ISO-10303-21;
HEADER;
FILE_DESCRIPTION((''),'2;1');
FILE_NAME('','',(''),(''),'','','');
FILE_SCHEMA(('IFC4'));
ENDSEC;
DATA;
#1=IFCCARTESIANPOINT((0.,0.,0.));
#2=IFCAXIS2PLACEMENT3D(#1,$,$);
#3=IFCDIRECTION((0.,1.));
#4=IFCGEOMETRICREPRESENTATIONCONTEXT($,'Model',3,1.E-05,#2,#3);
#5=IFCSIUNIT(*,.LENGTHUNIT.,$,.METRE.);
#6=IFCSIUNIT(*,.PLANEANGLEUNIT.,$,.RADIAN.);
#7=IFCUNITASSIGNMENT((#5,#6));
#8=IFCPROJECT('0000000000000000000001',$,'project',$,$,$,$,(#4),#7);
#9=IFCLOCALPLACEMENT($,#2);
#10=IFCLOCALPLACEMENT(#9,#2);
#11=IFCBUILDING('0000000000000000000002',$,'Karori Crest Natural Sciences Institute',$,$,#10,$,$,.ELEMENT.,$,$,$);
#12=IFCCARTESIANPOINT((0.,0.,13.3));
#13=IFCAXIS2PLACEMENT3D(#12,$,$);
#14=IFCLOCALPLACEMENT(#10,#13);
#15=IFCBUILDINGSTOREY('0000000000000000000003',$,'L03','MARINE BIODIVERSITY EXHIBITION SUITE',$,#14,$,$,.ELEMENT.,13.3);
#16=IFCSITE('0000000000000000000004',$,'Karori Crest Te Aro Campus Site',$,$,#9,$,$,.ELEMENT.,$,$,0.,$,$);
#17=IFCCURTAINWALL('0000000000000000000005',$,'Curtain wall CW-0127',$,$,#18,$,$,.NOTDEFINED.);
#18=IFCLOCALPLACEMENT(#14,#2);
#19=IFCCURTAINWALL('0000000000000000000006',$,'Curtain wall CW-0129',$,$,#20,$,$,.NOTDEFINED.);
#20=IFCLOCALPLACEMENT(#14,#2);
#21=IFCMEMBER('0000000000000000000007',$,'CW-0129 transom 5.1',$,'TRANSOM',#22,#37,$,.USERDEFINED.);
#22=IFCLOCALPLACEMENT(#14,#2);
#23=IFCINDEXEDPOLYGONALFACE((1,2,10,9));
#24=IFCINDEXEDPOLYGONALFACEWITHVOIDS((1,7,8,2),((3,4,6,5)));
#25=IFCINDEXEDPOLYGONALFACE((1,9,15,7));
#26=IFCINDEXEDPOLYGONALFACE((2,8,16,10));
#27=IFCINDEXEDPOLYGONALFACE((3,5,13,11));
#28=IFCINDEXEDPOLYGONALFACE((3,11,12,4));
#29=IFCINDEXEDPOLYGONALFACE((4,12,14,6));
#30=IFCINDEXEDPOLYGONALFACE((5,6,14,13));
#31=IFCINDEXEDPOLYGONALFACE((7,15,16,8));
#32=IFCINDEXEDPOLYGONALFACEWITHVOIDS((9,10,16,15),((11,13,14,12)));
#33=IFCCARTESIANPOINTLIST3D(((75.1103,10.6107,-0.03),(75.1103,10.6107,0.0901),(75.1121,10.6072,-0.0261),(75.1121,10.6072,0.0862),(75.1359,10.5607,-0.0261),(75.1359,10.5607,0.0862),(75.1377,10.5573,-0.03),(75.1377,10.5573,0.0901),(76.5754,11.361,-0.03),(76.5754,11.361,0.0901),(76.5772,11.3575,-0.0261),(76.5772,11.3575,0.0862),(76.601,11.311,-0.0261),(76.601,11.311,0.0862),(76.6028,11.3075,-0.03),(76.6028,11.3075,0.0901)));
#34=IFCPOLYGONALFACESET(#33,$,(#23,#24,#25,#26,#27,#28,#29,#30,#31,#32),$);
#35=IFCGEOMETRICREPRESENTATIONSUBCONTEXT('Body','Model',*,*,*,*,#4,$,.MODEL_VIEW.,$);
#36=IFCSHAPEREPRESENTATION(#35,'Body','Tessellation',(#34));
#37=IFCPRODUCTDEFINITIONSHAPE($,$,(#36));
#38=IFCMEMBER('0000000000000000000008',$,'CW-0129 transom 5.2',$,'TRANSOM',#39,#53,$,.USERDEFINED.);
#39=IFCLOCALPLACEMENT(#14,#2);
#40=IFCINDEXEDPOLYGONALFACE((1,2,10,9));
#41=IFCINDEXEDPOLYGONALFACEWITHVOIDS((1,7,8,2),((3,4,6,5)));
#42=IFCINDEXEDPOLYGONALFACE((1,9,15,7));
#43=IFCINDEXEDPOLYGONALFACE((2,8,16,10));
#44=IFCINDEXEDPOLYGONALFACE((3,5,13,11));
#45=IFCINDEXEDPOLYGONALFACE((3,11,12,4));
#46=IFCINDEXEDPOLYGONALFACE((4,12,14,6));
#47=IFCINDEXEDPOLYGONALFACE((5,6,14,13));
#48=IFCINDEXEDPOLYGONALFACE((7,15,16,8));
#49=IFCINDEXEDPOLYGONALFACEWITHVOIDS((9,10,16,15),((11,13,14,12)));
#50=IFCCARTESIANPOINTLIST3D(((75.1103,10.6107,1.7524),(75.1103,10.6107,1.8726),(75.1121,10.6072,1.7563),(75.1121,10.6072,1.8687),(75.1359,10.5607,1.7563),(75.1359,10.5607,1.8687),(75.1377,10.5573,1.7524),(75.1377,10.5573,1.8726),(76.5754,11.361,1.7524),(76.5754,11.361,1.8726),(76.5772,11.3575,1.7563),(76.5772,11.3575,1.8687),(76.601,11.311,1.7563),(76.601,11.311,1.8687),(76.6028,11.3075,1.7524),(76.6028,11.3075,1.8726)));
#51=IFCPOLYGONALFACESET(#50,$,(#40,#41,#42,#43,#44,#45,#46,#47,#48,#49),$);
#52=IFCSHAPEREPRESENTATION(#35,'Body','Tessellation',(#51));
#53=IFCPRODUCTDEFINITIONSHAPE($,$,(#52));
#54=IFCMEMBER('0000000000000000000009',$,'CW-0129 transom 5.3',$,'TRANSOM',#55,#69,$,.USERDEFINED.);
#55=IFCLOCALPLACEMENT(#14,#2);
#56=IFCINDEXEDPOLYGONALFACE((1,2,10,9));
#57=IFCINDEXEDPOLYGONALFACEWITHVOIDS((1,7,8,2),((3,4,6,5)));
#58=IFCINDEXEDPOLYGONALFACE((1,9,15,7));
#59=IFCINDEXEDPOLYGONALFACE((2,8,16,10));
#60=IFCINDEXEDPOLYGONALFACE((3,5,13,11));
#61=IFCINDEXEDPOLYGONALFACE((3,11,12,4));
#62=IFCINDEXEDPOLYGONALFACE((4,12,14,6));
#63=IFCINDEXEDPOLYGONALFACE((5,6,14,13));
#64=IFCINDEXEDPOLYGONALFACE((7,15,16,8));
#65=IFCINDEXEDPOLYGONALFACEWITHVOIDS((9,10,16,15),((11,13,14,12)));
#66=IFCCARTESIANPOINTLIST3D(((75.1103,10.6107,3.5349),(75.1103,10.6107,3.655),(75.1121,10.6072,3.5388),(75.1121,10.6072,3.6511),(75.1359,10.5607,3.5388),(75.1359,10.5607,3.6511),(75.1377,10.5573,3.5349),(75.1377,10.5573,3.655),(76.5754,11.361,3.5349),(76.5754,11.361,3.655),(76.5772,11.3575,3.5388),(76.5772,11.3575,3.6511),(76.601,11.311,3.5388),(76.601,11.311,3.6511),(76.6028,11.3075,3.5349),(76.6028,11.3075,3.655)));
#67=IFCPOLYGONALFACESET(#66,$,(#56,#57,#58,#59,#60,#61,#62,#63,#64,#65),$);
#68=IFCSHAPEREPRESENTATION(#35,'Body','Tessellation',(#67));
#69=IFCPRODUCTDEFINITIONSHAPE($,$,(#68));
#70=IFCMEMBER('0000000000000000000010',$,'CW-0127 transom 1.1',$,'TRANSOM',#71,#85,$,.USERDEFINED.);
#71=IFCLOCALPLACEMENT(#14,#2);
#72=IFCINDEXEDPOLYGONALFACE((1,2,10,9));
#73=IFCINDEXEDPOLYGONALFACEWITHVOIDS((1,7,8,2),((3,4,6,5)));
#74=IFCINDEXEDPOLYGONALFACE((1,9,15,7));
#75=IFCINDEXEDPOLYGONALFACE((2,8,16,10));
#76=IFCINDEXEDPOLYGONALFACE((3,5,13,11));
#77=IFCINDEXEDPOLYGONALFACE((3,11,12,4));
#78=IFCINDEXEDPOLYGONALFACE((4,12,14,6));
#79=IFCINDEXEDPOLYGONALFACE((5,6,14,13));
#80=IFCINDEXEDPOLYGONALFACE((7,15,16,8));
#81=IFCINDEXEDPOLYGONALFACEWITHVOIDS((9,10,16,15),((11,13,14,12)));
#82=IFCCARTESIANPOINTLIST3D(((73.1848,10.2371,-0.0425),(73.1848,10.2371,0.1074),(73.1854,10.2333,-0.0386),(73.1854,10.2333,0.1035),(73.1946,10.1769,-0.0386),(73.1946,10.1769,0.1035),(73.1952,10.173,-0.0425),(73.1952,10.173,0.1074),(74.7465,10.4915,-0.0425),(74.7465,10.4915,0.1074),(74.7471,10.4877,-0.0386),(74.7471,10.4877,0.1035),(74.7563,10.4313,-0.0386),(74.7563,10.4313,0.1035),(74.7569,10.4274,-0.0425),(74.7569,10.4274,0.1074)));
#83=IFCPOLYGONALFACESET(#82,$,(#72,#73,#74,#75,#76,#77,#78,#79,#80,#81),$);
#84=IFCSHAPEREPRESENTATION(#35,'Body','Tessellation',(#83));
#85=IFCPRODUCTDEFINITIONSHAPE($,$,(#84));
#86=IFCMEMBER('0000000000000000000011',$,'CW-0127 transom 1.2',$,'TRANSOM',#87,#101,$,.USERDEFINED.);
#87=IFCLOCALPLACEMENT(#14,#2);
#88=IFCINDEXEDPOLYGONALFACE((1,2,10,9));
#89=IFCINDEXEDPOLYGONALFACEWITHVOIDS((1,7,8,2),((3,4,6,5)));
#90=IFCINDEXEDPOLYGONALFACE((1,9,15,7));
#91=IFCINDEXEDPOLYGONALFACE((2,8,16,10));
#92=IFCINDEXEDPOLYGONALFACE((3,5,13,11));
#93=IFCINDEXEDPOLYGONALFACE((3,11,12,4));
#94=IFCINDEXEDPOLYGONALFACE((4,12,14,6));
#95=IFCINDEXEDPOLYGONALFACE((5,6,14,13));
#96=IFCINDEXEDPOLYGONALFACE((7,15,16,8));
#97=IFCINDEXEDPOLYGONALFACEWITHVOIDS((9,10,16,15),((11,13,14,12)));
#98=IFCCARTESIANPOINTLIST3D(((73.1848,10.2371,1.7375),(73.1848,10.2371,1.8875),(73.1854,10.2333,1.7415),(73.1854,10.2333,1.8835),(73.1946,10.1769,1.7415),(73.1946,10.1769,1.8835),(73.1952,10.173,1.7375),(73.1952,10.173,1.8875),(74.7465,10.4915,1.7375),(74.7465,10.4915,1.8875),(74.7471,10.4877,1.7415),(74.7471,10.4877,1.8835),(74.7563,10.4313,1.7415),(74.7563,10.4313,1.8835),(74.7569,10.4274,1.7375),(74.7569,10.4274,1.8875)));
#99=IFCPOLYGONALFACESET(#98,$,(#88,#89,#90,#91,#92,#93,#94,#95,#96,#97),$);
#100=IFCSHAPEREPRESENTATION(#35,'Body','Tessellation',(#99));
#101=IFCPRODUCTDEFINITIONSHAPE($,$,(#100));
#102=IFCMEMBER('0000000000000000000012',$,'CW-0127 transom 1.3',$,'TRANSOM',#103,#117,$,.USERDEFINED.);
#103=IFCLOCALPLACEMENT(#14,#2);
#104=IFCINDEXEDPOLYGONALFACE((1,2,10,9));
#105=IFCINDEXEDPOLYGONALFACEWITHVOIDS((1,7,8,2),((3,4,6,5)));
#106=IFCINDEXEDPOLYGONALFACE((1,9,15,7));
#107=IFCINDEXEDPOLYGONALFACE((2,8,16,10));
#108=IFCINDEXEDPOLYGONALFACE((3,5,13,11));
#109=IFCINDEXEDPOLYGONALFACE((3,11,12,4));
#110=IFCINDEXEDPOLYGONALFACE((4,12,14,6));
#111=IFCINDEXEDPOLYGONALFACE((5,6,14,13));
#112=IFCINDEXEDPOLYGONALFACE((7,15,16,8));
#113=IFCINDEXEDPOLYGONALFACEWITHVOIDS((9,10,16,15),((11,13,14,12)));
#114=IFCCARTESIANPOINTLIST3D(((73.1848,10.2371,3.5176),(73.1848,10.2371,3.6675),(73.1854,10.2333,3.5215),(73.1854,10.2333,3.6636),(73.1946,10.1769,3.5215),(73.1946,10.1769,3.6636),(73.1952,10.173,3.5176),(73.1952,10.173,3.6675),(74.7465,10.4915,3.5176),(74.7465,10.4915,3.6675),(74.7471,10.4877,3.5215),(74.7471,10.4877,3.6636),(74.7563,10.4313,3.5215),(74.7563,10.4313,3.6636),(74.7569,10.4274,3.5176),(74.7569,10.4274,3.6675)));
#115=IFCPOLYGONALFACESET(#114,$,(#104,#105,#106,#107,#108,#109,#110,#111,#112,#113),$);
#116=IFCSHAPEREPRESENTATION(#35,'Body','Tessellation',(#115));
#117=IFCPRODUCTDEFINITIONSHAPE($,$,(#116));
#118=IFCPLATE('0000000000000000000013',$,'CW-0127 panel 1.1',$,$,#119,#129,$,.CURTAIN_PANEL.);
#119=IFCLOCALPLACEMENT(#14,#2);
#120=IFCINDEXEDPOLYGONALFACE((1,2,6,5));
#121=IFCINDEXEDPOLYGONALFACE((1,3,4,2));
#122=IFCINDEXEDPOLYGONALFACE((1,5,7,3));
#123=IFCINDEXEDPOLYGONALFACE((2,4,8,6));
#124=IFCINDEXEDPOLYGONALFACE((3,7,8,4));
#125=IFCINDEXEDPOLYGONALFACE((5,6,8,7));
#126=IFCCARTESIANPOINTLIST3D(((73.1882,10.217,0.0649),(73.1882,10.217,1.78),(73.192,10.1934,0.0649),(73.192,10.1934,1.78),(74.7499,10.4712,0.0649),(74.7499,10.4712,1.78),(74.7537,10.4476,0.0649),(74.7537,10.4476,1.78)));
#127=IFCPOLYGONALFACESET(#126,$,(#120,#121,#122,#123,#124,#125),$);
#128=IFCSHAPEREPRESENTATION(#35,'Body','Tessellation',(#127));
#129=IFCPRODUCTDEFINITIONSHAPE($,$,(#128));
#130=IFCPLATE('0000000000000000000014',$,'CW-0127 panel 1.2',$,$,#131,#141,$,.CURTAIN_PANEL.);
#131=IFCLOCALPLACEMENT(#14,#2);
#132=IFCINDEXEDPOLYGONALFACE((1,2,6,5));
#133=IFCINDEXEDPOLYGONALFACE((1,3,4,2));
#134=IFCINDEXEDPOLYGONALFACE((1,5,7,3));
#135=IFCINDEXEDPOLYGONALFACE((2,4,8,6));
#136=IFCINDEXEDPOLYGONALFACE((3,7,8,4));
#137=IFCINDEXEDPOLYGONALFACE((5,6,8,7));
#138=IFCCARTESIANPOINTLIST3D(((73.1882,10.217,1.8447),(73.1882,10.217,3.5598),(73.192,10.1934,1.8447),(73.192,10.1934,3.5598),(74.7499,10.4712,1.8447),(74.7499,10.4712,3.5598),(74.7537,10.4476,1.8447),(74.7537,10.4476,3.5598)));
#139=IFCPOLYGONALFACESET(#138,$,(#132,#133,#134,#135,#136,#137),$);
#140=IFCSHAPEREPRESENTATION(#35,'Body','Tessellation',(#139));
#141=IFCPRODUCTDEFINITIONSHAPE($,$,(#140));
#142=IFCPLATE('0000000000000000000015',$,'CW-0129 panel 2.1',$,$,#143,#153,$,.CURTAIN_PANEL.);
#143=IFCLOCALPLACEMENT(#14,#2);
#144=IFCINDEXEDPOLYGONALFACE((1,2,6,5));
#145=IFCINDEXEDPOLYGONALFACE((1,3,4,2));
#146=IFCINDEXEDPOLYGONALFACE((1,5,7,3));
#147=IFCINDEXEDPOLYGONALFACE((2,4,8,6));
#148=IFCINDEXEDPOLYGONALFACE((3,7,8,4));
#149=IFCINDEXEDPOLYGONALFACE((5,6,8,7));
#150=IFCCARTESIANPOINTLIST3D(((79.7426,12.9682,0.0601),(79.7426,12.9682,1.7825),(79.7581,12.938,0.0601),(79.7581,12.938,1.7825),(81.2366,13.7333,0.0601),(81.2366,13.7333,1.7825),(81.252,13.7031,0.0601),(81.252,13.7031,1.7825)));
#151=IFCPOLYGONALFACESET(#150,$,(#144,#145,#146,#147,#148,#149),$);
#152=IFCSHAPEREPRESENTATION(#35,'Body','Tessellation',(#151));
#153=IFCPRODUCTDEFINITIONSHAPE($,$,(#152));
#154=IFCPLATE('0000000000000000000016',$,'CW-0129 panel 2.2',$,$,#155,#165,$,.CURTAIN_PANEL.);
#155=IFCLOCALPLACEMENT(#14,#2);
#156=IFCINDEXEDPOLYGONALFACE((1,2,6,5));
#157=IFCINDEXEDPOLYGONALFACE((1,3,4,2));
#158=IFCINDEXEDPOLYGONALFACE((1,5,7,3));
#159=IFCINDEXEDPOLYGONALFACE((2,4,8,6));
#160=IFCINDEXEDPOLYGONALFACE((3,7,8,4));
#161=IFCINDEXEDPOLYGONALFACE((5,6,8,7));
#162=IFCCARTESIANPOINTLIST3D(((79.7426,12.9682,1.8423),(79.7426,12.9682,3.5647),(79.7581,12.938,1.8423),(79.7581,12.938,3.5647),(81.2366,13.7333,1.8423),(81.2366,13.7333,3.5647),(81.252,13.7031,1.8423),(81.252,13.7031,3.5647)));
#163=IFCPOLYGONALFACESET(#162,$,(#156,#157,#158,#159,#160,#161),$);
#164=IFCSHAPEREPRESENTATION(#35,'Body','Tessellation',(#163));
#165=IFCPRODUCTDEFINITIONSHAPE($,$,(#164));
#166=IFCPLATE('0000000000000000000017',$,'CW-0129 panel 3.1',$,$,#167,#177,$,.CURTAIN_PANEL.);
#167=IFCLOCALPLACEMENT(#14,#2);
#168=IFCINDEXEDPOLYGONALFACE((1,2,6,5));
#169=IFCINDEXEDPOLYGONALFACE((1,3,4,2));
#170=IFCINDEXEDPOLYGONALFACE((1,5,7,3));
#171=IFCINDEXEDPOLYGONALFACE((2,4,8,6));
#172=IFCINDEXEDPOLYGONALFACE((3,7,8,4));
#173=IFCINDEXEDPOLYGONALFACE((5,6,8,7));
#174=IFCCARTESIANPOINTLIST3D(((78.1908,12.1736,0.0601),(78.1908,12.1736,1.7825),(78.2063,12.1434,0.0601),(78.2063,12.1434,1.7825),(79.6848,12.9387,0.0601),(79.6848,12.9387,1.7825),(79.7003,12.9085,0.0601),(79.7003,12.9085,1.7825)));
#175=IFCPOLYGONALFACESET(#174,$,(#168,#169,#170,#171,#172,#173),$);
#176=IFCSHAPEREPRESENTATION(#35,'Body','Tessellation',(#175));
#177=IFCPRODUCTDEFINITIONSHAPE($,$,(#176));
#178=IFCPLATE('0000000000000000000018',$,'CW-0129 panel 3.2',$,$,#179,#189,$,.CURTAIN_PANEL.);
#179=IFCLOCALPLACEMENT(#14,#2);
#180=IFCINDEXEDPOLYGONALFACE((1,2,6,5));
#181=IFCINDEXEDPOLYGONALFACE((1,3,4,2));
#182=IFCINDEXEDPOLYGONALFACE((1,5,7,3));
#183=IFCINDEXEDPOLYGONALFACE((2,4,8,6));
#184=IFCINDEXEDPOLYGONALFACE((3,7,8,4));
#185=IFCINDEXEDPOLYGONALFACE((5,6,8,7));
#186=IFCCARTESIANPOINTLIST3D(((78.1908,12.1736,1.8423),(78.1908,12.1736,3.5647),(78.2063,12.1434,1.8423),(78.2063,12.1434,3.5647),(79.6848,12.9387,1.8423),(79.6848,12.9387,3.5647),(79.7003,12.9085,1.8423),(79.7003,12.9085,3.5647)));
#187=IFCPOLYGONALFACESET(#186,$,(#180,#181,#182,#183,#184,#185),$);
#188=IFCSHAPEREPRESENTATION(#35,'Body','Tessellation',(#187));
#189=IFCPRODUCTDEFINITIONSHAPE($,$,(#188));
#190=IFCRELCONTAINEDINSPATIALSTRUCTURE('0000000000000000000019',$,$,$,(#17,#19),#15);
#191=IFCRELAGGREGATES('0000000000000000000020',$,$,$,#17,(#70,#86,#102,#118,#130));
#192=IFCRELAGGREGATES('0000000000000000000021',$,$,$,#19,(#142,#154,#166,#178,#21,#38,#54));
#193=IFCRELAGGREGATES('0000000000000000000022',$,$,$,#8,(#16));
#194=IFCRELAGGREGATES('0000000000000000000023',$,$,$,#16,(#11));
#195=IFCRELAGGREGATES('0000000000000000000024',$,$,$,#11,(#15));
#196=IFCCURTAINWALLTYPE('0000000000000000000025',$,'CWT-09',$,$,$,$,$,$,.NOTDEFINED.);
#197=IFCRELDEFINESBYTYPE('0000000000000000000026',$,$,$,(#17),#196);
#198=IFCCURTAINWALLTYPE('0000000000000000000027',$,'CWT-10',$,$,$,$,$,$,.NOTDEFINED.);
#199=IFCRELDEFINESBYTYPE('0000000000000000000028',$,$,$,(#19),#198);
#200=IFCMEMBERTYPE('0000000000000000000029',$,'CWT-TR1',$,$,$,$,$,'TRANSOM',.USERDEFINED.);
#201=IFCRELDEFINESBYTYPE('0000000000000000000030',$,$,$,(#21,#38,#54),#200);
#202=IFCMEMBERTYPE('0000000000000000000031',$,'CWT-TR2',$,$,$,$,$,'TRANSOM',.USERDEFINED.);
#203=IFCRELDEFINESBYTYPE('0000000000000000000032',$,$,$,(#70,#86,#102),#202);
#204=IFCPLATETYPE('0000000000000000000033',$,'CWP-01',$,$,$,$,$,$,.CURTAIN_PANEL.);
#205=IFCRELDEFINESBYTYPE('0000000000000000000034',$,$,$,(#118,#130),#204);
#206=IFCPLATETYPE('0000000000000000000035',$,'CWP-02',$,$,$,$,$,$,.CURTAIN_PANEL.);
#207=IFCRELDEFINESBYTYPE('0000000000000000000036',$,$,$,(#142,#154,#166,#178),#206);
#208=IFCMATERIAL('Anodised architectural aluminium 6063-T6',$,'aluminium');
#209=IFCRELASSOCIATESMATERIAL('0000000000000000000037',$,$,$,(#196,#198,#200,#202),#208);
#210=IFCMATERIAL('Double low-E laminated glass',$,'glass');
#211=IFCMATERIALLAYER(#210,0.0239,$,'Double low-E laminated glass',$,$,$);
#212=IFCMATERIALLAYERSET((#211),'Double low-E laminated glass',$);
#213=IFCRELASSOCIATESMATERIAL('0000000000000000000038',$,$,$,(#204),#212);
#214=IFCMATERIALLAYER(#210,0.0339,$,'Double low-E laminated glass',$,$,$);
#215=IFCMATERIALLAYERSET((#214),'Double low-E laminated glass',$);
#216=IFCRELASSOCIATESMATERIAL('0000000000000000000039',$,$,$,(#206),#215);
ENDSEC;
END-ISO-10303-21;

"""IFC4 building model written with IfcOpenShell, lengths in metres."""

from ifc_helpers import new_model, si_unit, direction, frame, origin, origin_2d, place, context, subcontext, project, spatial, rectangle, hollow_rectangle, extrude, material, layer, layer_set, material_profile, profile_set, type_object, element, aggregate, save


model = new_model("IFC4")

# Units and contexts
model_context = context("Model", 3, precision=1e-05, world=origin(), true_north=direction((0.0, 1.0)))
body_context = subcontext(model_context, "Body", "Model", "MODEL_VIEW")
ifc_project = project(units=[si_unit("LENGTHUNIT", "METRE"), si_unit("PLANEANGLEUNIT", "RADIAN")], contexts=[model_context])

# Site, building, storey
site_placement = place(None, origin())
site = spatial("IfcSite", under=ifc_project, at=site_placement, Name="Karori Crest Te Aro Campus Site", CompositionType="ELEMENT", RefElevation=0.0)
building_placement = place(site_placement, origin())
building = spatial("IfcBuilding", under=site, at=building_placement, Name="Karori Crest Natural Sciences Institute", CompositionType="ELEMENT")
storey_placement = place(building_placement, frame((0.0, 0.0, 13.3)))
storey = spatial("IfcBuildingStorey", under=building, at=storey_placement, Name="L03", Description="MARINE BIODIVERSITY EXHIBITION SUITE", CompositionType="ELEMENT", Elevation=13.3)

# Curtain wall
ifc_material_1 = material(Name="Anodised architectural aluminium 6063-T6", Category="aluminium")
curtain_wall_type_1 = type_object("IfcCurtainWallType", Name="CWT-09", PredefinedType="NOTDEFINED", material=ifc_material_1)
curtain_wall_1_placement = place(storey_placement, origin())
curtain_wall_1 = element("IfcCurtainWall", 1, at=curtain_wall_1_placement, inside=storey, type_object=curtain_wall_type_1, Name="Curtain wall CW-0127", PredefinedType="NOTDEFINED")

# Curtain wall, members
curtain_wall_type_2 = type_object("IfcCurtainWallType", Name="CWT-10", PredefinedType="NOTDEFINED", material=ifc_material_1)
curtain_wall_2_placement = place(storey_placement, origin())
curtain_wall_2 = element("IfcCurtainWall", 2, at=curtain_wall_2_placement, inside=storey, type_object=curtain_wall_type_2, Name="Curtain wall CW-0129", PredefinedType="NOTDEFINED")
ifc_material_profile_1 = material_profile(ifc_material_1, hollow_rectangle(XDim=0.0601, YDim=0.1201, WallThickness=0.0039, at=origin_2d()), Name="CWT120x60x4")
ifc_profile_set_1 = profile_set([ifc_material_profile_1], Name="Anodised architectural aluminium 6063-T6")
member_type_1 = type_object("IfcMemberType", Name="CWT-TR1", ElementType="TRANSOM", PredefinedType="USERDEFINED", material=ifc_profile_set_1)
member_1_placement = place(storey_placement, frame((76.5891, 11.3342, 0.03), z_axis=(-0.890084, -0.455796, 0.0), x_axis=(0.455796, -0.890084, 0.0)))
member_1 = element("IfcMember", 3, at=member_1_placement, type_object=member_type_1, Name="CW-0129 transom 5.1", ObjectType="TRANSOM", PredefinedType="USERDEFINED", context=body_context, shape_type="SweptSolid", body=[
    extrude(hollow_rectangle(XDim=0.0601, YDim=0.1201, WallThickness=0.0039, at=origin_2d()), origin(), (0.0, 0.0, 1.0), 1.646),
])
member_2_placement = place(storey_placement, frame((76.5891, 11.3342, 1.8125), z_axis=(-0.890084, -0.455796, 0.0), x_axis=(0.455796, -0.890084, 0.0)))
member_2 = element("IfcMember", 4, at=member_2_placement, type_object=member_type_1, Name="CW-0129 transom 5.2", ObjectType="TRANSOM", PredefinedType="USERDEFINED", context=body_context, shape_type="SweptSolid", body=[
    extrude(hollow_rectangle(XDim=0.0601, YDim=0.1201, WallThickness=0.0039, at=origin_2d()), origin(), (0.0, 0.0, 1.0), 1.646),
])
member_3_placement = place(storey_placement, frame((76.5891, 11.3342, 3.595), z_axis=(-0.890084, -0.455796, 0.0), x_axis=(0.455796, -0.890084, 0.0)))
member_3 = element("IfcMember", 5, at=member_3_placement, type_object=member_type_1, Name="CW-0129 transom 5.3", ObjectType="TRANSOM", PredefinedType="USERDEFINED", context=body_context, shape_type="SweptSolid", body=[
    extrude(hollow_rectangle(XDim=0.0601, YDim=0.1201, WallThickness=0.0039, at=origin_2d()), origin(), (0.0, 0.0, 1.0), 1.646),
])

# Members
ifc_material_profile_2 = material_profile(ifc_material_1, hollow_rectangle(XDim=0.0649, YDim=0.1499, WallThickness=0.0039, at=origin_2d()), Name="CWT150x65x4")
ifc_profile_set_2 = profile_set([ifc_material_profile_2], Name="Anodised architectural aluminium 6063-T6")
member_type_2 = type_object("IfcMemberType", Name="CWT-TR2", ElementType="TRANSOM", PredefinedType="USERDEFINED", material=ifc_profile_set_2)
member_4_placement = place(storey_placement, frame((74.7517, 10.4595, 0.0325), z_axis=(-0.986992, -0.16077, 0.0), x_axis=(0.16077, -0.986992, 0.0)))
member_4 = element("IfcMember", 6, at=member_4_placement, type_object=member_type_2, Name="CW-0127 transom 1.1", ObjectType="TRANSOM", PredefinedType="USERDEFINED", context=body_context, shape_type="SweptSolid", body=[
    extrude(hollow_rectangle(XDim=0.0649, YDim=0.1499, WallThickness=0.0039, at=origin_2d()), origin(), (0.0, 0.0, 1.0), 1.5823),
])
member_5_placement = place(storey_placement, frame((74.7517, 10.4595, 1.8125), z_axis=(-0.986992, -0.16077, 0.0), x_axis=(0.16077, -0.986992, 0.0)))
member_5 = element("IfcMember", 7, at=member_5_placement, type_object=member_type_2, Name="CW-0127 transom 1.2", ObjectType="TRANSOM", PredefinedType="USERDEFINED", context=body_context, shape_type="SweptSolid", body=[
    extrude(hollow_rectangle(XDim=0.0649, YDim=0.1499, WallThickness=0.0039, at=origin_2d()), origin(), (0.0, 0.0, 1.0), 1.5823),
])
member_6_placement = place(storey_placement, frame((74.7517, 10.4595, 3.5925), z_axis=(-0.986992, -0.16077, 0.0), x_axis=(0.16077, -0.986992, 0.0)))
member_6 = element("IfcMember", 8, at=member_6_placement, type_object=member_type_2, Name="CW-0127 transom 1.3", ObjectType="TRANSOM", PredefinedType="USERDEFINED", context=body_context, shape_type="SweptSolid", body=[
    extrude(hollow_rectangle(XDim=0.0649, YDim=0.1499, WallThickness=0.0039, at=origin_2d()), origin(), (0.0, 0.0, 1.0), 1.5823),
])

# Plates
ifc_material_2 = material(Name="Double low-E laminated glass", Category="glass")
ifc_layer_1 = layer(ifc_material_2, 0.0239, Name="Double low-E laminated glass")
ifc_layer_set_1 = layer_set([ifc_layer_1], Name="Double low-E laminated glass")
plate_type_1 = type_object("IfcPlateType", Name="CWP-01", PredefinedType="CURTAIN_PANEL", material=ifc_layer_set_1)
plate_1_placement = place(storey_placement, frame((73.9709, 10.3323, 0.0649), z_axis=(0.0, 0.0, 1.0), x_axis=(-0.987011, -0.16065, 0.0)))
plate_1 = element("IfcPlate", 9, at=plate_1_placement, type_object=plate_type_1, Name="CW-0127 panel 1.1", PredefinedType="CURTAIN_PANEL", context=body_context, shape_type="SweptSolid", body=[
    extrude(rectangle(XDim=1.5823, YDim=0.0239, at=origin_2d()), origin(), (0.0, 0.0, 1.0), 1.7151),
])
plate_2_placement = place(storey_placement, frame((73.9709, 10.3323, 1.8447), z_axis=(0.0, 0.0, 1.0), x_axis=(-0.987011, -0.16065, 0.0)))
plate_2 = element("IfcPlate", 10, at=plate_2_placement, type_object=plate_type_1, Name="CW-0127 panel 1.2", PredefinedType="CURTAIN_PANEL", context=body_context, shape_type="SweptSolid", body=[
    extrude(rectangle(XDim=1.5823, YDim=0.0239, at=origin_2d()), origin(), (0.0, 0.0, 1.0), 1.7151),
])
aggregate(curtain_wall_1, [member_4, member_5, member_6, plate_1, plate_2])
ifc_layer_2 = layer(ifc_material_2, 0.0339, Name="Double low-E laminated glass")
ifc_layer_set_2 = layer_set([ifc_layer_2], Name="Double low-E laminated glass")
plate_type_2 = type_object("IfcPlateType", Name="CWP-02", PredefinedType="CURTAIN_PANEL", material=ifc_layer_set_2)
plate_3_placement = place(storey_placement, frame((80.4973, 13.3357, 0.0601), z_axis=(0.0, 0.0, 1.0), x_axis=(-0.890067, -0.455829, 0.0)))
plate_3 = element("IfcPlate", 11, at=plate_3_placement, type_object=plate_type_2, Name="CW-0129 panel 2.1", PredefinedType="CURTAIN_PANEL", context=body_context, shape_type="SweptSolid", body=[
    extrude(rectangle(XDim=1.6785, YDim=0.0339, at=origin_2d()), origin(), (0.0, 0.0, 1.0), 1.7224),
])
plate_4_placement = place(storey_placement, frame((80.4973, 13.3357, 1.8423), z_axis=(0.0, 0.0, 1.0), x_axis=(-0.890067, -0.455829, 0.0)))
plate_4 = element("IfcPlate", 12, at=plate_4_placement, type_object=plate_type_2, Name="CW-0129 panel 2.2", PredefinedType="CURTAIN_PANEL", context=body_context, shape_type="SweptSolid", body=[
    extrude(rectangle(XDim=1.6785, YDim=0.0339, at=origin_2d()), origin(), (0.0, 0.0, 1.0), 1.7224),
])
plate_5_placement = place(storey_placement, frame((78.9456, 12.541, 0.0601), z_axis=(0.0, 0.0, 1.0), x_axis=(-0.890067, -0.455829, 0.0)))
plate_5 = element("IfcPlate", 13, at=plate_5_placement, type_object=plate_type_2, Name="CW-0129 panel 3.1", PredefinedType="CURTAIN_PANEL", context=body_context, shape_type="SweptSolid", body=[
    extrude(rectangle(XDim=1.6785, YDim=0.0339, at=origin_2d()), origin(), (0.0, 0.0, 1.0), 1.7224),
])
plate_6_placement = place(storey_placement, frame((78.9456, 12.541, 1.8423), z_axis=(0.0, 0.0, 1.0), x_axis=(-0.890067, -0.455829, 0.0)))
plate_6 = element("IfcPlate", 14, at=plate_6_placement, type_object=plate_type_2, Name="CW-0129 panel 3.2", PredefinedType="CURTAIN_PANEL", context=body_context, shape_type="SweptSolid", body=[
    extrude(rectangle(XDim=1.6785, YDim=0.0339, at=origin_2d()), origin(), (0.0, 0.0, 1.0), 1.7224),
])
aggregate(curtain_wall_2, [plate_3, plate_4, plate_5, plate_6, member_1, member_2, member_3])

save(model, "model.ifc")
